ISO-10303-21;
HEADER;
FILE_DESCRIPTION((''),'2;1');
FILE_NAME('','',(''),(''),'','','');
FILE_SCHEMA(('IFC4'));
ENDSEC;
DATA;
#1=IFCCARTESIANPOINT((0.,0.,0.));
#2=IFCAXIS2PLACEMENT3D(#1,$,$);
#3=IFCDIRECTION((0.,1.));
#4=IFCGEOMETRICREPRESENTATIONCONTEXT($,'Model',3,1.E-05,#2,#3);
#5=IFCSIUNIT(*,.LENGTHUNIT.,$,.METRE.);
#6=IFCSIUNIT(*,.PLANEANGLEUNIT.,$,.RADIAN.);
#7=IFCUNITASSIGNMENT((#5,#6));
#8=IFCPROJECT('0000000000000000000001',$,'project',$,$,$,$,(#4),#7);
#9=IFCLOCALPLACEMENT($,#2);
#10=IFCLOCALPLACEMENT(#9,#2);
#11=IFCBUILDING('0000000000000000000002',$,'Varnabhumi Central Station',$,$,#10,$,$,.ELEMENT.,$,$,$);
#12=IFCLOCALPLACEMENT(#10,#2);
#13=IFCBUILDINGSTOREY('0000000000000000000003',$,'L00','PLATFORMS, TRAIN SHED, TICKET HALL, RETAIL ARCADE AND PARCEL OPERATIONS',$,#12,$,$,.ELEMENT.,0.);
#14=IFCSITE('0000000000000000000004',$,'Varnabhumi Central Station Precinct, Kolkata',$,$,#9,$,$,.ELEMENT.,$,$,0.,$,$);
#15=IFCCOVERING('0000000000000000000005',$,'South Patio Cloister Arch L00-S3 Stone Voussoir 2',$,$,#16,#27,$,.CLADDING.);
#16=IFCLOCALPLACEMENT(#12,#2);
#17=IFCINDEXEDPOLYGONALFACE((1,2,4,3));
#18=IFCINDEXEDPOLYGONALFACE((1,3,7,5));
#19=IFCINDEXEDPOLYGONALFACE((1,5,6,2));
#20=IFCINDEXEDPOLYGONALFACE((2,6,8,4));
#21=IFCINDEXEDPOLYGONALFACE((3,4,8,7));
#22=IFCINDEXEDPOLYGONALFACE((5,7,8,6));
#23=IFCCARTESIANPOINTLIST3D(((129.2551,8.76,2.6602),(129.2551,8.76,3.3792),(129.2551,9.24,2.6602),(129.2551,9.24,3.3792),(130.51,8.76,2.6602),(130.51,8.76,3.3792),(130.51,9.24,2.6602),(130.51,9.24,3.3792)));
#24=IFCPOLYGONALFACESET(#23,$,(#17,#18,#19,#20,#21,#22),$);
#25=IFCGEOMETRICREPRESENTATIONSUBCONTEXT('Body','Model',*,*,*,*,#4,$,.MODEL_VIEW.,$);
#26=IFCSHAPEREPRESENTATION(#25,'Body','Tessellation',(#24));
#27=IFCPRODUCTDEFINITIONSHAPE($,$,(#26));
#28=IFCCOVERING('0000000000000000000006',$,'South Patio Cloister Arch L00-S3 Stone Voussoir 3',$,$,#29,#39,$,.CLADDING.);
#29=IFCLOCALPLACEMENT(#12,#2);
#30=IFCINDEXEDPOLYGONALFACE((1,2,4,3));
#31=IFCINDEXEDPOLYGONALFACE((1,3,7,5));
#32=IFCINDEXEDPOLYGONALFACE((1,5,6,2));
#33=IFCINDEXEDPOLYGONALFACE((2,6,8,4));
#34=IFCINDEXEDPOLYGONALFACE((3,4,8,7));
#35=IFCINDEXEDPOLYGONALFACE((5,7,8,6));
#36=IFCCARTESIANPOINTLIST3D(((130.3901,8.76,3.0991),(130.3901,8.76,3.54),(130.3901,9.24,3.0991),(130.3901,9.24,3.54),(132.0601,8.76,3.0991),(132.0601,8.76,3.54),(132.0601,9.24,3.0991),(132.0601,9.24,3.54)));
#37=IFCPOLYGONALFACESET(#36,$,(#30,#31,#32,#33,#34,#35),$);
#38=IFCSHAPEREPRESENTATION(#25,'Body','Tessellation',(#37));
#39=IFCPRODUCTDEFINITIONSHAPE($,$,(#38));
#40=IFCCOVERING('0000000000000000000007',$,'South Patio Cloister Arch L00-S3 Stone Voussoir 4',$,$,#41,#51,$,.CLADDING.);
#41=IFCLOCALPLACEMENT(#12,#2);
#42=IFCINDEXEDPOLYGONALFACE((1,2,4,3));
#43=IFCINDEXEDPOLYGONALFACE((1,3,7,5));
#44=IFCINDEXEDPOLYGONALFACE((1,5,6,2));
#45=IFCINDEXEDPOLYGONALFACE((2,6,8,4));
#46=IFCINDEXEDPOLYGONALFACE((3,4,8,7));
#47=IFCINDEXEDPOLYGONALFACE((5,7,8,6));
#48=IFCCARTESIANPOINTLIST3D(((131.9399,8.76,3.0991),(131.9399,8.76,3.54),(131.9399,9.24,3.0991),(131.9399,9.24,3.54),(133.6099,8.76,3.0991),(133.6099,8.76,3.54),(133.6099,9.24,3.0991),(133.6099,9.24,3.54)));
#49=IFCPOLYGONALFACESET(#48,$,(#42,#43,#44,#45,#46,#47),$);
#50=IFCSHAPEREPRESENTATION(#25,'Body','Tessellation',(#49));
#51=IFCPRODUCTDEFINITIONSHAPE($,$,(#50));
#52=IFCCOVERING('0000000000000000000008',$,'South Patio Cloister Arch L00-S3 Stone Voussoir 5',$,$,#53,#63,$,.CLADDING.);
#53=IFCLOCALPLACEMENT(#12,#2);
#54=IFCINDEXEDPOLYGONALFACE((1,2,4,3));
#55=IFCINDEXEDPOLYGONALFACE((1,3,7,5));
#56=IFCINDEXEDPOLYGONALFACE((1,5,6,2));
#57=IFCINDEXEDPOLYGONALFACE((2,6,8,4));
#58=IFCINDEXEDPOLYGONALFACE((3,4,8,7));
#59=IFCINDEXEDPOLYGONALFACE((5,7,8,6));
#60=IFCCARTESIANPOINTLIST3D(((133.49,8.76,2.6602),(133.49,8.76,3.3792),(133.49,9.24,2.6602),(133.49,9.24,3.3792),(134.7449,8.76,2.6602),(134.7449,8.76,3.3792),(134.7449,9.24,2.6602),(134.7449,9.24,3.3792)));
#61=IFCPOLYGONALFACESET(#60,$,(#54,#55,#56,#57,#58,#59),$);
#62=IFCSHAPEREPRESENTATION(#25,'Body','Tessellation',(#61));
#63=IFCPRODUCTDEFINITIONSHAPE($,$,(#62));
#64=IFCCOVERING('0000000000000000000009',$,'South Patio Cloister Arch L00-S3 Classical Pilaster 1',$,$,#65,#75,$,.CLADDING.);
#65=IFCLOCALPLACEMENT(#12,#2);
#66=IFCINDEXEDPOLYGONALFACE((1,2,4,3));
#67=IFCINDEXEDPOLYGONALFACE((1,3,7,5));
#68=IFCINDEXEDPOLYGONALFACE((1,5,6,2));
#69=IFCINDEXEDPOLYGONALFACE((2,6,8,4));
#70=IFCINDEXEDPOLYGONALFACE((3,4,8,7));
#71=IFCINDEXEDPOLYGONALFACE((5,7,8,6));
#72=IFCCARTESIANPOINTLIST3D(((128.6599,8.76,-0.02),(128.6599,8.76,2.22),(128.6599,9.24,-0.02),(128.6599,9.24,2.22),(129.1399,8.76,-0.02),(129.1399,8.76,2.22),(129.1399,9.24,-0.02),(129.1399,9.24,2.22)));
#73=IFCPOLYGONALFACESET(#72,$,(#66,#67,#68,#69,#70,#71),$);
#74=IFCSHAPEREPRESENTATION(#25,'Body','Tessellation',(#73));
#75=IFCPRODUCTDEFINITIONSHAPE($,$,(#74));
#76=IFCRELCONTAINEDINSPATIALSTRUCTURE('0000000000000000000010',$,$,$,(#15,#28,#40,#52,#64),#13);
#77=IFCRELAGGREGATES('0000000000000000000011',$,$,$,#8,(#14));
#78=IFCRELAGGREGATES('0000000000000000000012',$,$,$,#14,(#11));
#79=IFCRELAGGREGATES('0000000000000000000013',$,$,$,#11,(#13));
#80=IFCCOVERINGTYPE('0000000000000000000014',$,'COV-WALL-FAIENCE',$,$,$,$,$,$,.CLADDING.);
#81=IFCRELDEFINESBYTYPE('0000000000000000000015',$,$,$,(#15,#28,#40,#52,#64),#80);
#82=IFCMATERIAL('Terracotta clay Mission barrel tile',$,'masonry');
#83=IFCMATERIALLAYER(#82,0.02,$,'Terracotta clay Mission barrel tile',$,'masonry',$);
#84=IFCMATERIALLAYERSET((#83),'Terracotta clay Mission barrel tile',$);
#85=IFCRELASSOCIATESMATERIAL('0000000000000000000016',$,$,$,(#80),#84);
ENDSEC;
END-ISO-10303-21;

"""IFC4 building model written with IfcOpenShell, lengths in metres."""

from ifc_helpers import new_model, si_unit, direction, frame, origin, origin_2d, place, context, subcontext, project, spatial, rectangle, extrude, material, layer, layer_set, type_object, element, save


model = new_model("IFC4")

# Units and contexts
model_context = context("Model", 3, precision=1e-05, world=origin(), true_north=direction((0.0, 1.0)))
body_context = subcontext(model_context, "Body", "Model", "MODEL_VIEW")
ifc_project = project(units=[si_unit("LENGTHUNIT", "METRE"), si_unit("PLANEANGLEUNIT", "RADIAN")], contexts=[model_context])

# Site, building, storey
site_placement = place(None, origin())
site = spatial("IfcSite", under=ifc_project, at=site_placement, Name="Varnabhumi Central Station Precinct, Kolkata", CompositionType="ELEMENT", RefElevation=0.0)
building_placement = place(site_placement, origin())
building = spatial("IfcBuilding", under=site, at=building_placement, Name="Varnabhumi Central Station", CompositionType="ELEMENT")
storey_placement = place(building_placement, origin())
storey = spatial("IfcBuildingStorey", under=building, at=storey_placement, Name="L00", Description="PLATFORMS, TRAIN SHED, TICKET HALL, RETAIL ARCADE AND PARCEL OPERATIONS", CompositionType="ELEMENT", Elevation=0.0)

# Coverings
ifc_material_1 = material(Name="Terracotta clay Mission barrel tile", Category="masonry")
ifc_layer_1 = layer(ifc_material_1, 0.02, Name="Terracotta clay Mission barrel tile", Category="masonry")
ifc_layer_set_1 = layer_set([ifc_layer_1], Name="Terracotta clay Mission barrel tile")
covering_type = type_object("IfcCoveringType", Name="COV-WALL-FAIENCE", PredefinedType="CLADDING", material=ifc_layer_set_1)
covering_1_placement = place(storey_placement, frame((129.8826, 9.0, 2.6602), z_axis=(0.0, 0.0, 1.0), x_axis=(1.0, 0.0, 0.0)))
element("IfcCovering", 1, at=covering_1_placement, inside=storey, type_object=covering_type, Name="South Patio Cloister Arch L00-S3 Stone Voussoir 2", PredefinedType="CLADDING", context=body_context, shape_type="SweptSolid", body=[
    extrude(rectangle(XDim=1.2549, YDim=0.48, at=origin_2d()), origin(), (0.0, 0.0, 1.0), 0.719),
])
for number, where, z_axis, x_axis, name in (
    (2, (131.2251, 9.0, 3.0991), (0.0, 0.0, 1.0), (1.0, 0.0, 0.0), "South Patio Cloister Arch L00-S3 Stone Voussoir 3"),
    (3, (132.7749, 9.0, 3.0991), (0.0, 0.0, 1.0), (1.0, 0.0, 0.0), "South Patio Cloister Arch L00-S3 Stone Voussoir 4"),
):
    element("IfcCovering", number, at=place(storey_placement, frame(where, z_axis=z_axis, x_axis=x_axis)), inside=storey, type_object=covering_type, Name=name, PredefinedType="CLADDING", context=body_context, shape_type="SweptSolid", body=[
        extrude(rectangle(XDim=1.6699, YDim=0.48, at=origin_2d()), origin(), (0.0, 0.0, 1.0), 0.4409),
    ])
covering_2_placement = place(storey_placement, frame((134.1174, 9.0, 2.6602), z_axis=(0.0, 0.0, 1.0), x_axis=(1.0, 0.0, 0.0)))
element("IfcCovering", 4, at=covering_2_placement, inside=storey, type_object=covering_type, Name="South Patio Cloister Arch L00-S3 Stone Voussoir 5", PredefinedType="CLADDING", context=body_context, shape_type="SweptSolid", body=[
    extrude(rectangle(XDim=1.2549, YDim=0.48, at=origin_2d()), origin(), (0.0, 0.0, 1.0), 0.719),
])
covering_3_placement = place(storey_placement, frame((128.8999, 9.0, -0.02), z_axis=(0.0, 0.0, 1.0), x_axis=(1.0, 0.0, 0.0)))
element("IfcCovering", 5, at=covering_3_placement, inside=storey, type_object=covering_type, Name="South Patio Cloister Arch L00-S3 Classical Pilaster 1", PredefinedType="CLADDING", context=body_context, shape_type="SweptSolid", body=[
    extrude(rectangle(XDim=0.48, YDim=0.48, at=origin_2d()), origin(), (0.0, 0.0, 1.0), 2.24),
])

save(model, "model.ifc")
